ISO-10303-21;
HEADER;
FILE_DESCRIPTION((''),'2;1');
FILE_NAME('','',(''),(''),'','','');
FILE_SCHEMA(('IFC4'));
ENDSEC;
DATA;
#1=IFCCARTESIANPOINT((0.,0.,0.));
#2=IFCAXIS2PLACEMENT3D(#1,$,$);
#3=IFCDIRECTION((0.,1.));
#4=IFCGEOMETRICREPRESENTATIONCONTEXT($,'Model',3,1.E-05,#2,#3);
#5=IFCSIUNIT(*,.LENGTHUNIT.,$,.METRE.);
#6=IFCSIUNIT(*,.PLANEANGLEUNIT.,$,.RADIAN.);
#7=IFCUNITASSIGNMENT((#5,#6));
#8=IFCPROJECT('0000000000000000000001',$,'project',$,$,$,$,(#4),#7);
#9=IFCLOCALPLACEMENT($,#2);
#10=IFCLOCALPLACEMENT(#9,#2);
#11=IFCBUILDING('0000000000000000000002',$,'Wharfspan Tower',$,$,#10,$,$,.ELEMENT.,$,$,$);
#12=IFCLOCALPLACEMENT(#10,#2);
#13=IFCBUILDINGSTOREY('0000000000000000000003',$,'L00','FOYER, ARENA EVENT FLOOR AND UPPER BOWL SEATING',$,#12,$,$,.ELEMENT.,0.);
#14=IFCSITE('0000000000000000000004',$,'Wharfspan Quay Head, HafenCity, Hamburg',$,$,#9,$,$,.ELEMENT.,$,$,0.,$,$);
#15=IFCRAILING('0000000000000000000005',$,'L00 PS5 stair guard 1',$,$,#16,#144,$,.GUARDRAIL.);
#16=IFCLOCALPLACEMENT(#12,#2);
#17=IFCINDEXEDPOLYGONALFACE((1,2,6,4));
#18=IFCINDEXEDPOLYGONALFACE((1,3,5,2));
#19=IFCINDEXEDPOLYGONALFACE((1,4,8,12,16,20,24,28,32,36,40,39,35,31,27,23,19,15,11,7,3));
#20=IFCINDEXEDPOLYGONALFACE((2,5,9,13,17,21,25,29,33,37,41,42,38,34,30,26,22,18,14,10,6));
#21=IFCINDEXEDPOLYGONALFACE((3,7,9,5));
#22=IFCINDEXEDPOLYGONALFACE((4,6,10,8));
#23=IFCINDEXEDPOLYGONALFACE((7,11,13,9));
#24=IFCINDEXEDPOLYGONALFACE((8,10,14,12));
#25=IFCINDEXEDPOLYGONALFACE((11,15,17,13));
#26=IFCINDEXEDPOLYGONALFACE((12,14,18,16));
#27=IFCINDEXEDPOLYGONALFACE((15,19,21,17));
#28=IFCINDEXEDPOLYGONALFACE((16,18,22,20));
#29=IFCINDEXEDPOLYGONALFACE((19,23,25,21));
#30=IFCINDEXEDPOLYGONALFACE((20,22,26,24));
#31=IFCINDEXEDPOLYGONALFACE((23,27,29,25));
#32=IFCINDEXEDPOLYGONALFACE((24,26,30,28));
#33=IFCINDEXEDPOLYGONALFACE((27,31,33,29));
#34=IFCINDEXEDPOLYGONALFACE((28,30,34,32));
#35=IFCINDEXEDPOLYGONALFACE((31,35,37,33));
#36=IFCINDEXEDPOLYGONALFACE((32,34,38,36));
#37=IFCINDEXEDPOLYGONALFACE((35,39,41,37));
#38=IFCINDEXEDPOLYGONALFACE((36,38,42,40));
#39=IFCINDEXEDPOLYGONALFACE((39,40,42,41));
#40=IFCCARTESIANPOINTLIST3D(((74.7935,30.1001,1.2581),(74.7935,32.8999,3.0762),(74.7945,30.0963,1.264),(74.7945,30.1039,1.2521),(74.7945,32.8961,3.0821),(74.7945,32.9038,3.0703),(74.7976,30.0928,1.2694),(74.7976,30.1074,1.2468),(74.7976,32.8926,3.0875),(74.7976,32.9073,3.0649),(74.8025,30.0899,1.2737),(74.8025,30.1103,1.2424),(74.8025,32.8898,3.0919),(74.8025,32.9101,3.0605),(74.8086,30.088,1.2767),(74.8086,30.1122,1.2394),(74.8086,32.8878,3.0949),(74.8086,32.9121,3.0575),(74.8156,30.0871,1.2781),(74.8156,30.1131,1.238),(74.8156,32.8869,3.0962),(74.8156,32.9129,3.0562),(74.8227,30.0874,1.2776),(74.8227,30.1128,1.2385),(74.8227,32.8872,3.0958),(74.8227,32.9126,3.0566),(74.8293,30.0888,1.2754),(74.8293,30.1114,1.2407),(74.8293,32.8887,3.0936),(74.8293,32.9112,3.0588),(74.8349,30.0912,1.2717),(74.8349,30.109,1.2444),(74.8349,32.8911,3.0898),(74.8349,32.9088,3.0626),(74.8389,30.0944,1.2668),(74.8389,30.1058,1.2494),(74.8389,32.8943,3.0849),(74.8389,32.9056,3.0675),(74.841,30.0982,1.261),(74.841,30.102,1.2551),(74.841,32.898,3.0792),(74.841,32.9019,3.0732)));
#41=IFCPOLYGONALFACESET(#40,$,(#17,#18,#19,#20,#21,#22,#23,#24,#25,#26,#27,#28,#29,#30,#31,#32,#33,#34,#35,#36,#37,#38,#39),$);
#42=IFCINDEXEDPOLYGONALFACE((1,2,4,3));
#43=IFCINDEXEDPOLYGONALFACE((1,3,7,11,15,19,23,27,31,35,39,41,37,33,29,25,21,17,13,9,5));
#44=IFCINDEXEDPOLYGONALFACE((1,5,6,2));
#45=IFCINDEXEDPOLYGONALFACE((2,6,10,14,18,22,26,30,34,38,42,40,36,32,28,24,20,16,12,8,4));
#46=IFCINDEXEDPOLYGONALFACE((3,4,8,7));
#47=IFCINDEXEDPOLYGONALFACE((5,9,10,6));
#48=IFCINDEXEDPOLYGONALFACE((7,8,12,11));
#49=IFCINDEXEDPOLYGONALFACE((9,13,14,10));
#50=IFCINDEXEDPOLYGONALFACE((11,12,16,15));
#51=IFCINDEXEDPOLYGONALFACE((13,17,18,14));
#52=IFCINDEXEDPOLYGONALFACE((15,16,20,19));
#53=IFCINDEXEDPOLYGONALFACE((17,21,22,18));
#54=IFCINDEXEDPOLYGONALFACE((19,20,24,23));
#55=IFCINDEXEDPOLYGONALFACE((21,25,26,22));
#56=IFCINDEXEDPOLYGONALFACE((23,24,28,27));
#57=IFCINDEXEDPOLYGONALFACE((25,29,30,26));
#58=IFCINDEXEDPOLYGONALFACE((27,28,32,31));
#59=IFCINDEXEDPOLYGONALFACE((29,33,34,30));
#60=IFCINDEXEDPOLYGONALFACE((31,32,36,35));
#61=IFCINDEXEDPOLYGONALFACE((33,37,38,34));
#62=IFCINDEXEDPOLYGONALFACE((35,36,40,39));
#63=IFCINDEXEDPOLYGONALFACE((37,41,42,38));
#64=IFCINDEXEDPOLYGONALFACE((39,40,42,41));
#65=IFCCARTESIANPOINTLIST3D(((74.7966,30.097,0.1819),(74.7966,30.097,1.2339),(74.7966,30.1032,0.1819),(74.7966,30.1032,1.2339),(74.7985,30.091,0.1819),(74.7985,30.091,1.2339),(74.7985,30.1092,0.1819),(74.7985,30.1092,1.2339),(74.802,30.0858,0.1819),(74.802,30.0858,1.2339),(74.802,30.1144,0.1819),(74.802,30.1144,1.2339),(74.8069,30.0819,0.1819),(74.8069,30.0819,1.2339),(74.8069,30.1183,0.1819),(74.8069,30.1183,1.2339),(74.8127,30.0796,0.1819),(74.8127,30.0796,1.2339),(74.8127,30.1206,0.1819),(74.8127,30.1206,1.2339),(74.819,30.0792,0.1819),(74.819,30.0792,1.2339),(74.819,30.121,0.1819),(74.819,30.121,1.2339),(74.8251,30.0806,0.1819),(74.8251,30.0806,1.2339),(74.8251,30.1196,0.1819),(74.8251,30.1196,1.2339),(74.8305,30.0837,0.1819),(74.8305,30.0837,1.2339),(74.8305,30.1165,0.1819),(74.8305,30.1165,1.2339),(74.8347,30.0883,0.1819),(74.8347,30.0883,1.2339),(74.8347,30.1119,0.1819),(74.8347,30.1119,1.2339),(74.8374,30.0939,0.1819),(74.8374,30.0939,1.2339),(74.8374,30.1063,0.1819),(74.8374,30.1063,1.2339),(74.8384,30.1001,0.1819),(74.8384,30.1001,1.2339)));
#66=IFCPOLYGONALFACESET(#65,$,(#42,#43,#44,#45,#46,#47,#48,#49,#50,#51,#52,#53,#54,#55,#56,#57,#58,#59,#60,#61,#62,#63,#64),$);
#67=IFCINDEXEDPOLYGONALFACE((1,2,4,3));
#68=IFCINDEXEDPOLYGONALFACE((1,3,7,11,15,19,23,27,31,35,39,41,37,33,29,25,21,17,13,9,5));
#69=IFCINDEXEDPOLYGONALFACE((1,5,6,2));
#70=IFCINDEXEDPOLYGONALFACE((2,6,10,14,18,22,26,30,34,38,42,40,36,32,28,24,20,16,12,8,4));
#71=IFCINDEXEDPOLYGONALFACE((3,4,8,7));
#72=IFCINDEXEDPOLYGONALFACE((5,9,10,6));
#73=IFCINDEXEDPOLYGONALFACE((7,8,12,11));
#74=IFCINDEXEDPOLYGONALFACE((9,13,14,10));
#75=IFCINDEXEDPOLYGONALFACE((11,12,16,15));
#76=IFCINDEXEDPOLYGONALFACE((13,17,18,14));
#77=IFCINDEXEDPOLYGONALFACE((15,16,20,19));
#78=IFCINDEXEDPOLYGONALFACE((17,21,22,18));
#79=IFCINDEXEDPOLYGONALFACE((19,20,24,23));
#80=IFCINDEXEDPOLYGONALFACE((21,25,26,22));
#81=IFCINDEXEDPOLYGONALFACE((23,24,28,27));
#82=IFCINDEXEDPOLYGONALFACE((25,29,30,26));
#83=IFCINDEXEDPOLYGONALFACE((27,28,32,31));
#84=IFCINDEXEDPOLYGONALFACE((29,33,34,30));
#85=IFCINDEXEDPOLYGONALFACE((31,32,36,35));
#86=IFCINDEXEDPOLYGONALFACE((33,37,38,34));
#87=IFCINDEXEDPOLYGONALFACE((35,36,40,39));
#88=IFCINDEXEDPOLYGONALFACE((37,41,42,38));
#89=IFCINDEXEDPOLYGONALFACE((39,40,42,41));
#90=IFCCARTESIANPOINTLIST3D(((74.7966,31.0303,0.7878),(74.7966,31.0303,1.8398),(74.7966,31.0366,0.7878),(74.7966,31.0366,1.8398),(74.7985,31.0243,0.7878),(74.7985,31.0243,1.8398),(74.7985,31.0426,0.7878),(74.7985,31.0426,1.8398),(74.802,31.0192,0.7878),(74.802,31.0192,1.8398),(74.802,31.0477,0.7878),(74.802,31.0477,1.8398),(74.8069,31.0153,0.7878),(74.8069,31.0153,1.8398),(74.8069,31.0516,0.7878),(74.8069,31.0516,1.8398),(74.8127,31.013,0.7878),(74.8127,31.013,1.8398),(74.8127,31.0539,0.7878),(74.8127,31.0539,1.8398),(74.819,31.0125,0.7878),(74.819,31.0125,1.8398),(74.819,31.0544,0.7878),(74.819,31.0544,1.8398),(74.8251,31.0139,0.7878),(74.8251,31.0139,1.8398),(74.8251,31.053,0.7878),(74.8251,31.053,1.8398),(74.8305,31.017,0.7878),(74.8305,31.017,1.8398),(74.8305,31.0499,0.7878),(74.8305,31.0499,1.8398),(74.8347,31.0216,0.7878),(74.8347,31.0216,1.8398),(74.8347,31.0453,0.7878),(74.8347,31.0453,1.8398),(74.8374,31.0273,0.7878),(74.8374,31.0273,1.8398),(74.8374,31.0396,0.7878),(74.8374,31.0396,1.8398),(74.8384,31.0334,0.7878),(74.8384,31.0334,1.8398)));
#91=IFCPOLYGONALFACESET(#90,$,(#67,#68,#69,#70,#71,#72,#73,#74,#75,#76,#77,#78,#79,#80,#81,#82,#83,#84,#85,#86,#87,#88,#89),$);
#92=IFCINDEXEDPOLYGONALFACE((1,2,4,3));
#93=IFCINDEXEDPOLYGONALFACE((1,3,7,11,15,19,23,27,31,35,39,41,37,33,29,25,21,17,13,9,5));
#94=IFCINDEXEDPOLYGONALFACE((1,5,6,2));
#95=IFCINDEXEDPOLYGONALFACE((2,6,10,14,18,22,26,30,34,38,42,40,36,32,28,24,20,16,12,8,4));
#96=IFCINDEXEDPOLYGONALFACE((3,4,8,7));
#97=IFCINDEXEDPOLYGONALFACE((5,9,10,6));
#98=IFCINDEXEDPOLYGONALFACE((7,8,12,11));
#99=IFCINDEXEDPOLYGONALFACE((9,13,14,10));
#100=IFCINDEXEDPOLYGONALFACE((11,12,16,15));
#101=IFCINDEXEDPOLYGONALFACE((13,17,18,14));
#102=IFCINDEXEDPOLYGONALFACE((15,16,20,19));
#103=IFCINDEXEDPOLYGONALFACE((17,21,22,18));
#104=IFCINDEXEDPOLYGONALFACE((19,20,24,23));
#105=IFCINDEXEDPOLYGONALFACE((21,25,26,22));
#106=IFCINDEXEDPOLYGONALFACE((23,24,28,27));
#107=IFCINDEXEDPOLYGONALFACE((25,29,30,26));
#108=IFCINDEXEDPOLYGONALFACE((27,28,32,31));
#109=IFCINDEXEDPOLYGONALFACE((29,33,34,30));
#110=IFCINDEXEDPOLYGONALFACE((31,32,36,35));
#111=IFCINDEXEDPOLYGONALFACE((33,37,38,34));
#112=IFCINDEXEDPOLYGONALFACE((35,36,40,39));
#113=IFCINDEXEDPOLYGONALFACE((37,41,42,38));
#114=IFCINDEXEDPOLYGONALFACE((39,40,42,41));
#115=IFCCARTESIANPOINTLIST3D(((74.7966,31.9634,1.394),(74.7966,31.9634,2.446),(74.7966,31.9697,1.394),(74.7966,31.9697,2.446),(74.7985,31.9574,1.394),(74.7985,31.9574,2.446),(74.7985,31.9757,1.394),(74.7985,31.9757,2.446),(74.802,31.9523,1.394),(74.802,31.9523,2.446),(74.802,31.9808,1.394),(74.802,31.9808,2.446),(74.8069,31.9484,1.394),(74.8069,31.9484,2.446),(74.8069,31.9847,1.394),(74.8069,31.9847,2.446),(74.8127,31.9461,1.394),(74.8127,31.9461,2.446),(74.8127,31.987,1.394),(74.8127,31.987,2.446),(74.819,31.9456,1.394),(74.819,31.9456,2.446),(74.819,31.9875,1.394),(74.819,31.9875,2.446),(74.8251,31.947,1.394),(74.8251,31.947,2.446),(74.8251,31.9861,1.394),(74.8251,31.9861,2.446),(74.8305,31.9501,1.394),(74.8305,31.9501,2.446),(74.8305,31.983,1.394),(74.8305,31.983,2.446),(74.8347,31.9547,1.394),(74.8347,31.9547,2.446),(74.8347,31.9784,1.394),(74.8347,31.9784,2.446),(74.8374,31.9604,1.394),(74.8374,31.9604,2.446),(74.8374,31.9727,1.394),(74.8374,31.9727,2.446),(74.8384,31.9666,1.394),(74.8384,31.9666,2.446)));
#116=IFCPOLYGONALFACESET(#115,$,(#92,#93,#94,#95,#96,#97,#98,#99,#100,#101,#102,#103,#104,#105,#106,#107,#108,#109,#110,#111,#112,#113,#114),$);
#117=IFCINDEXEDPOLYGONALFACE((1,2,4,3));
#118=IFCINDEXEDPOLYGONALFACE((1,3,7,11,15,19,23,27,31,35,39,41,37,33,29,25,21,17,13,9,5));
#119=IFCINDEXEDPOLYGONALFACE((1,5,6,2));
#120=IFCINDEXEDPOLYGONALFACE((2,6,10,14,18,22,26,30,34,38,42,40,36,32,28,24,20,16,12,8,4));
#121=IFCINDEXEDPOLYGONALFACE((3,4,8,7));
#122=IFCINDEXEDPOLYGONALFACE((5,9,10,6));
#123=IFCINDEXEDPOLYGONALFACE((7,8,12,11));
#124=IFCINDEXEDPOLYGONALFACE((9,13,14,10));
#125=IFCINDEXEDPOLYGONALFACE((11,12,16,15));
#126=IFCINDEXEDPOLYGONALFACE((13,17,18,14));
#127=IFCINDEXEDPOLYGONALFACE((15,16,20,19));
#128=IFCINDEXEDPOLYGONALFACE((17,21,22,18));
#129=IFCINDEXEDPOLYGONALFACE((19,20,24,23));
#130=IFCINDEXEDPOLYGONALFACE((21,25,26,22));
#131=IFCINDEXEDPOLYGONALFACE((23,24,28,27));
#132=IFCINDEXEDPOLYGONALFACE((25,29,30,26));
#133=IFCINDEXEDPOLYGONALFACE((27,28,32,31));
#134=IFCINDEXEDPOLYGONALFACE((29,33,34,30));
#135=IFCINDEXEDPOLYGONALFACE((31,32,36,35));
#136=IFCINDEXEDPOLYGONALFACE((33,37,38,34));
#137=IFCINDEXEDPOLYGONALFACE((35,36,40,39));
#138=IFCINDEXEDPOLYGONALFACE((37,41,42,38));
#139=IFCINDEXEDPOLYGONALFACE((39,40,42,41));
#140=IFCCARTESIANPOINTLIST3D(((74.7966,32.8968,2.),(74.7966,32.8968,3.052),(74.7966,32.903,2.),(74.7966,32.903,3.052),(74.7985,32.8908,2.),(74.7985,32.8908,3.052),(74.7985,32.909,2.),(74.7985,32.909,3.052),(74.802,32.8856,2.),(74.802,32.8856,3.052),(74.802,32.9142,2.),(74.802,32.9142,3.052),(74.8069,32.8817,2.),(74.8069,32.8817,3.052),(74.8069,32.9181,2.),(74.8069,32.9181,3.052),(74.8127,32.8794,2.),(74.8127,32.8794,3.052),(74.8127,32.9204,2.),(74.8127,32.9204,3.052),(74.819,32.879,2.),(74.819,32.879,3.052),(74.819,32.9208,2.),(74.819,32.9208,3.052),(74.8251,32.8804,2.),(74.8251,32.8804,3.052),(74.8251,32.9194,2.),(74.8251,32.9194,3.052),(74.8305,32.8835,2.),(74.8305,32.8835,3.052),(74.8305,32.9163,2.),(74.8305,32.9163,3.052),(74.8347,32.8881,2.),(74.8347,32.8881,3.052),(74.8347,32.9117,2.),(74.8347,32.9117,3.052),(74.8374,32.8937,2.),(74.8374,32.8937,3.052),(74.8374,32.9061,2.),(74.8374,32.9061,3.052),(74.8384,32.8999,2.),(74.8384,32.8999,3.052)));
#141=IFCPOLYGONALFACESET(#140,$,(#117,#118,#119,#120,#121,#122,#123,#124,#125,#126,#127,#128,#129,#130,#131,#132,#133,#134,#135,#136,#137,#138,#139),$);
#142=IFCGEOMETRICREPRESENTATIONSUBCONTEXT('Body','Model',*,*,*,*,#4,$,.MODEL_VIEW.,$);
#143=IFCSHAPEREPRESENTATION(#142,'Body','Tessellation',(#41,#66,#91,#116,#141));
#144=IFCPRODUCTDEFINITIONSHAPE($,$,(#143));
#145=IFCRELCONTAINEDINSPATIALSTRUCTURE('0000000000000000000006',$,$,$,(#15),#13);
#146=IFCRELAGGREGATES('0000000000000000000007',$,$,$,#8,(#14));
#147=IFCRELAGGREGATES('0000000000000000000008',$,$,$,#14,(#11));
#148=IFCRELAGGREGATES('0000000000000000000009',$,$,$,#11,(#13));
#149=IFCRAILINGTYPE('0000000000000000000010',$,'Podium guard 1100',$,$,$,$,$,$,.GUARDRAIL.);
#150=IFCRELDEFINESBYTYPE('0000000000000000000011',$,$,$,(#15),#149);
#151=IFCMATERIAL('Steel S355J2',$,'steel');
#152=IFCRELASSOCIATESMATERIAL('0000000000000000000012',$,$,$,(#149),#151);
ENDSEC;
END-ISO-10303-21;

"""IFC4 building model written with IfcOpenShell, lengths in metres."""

from ifc_helpers import new_model, si_unit, direction, frame, origin, origin_2d, place, context, subcontext, project, spatial, circle, extrude, material, type_object, element, save


model = new_model("IFC4")

# Units and contexts
model_context = context("Model", 3, precision=1e-05, world=origin(), true_north=direction((0.0, 1.0)))
body_context = subcontext(model_context, "Body", "Model", "MODEL_VIEW")
ifc_project = project(units=[si_unit("LENGTHUNIT", "METRE"), si_unit("PLANEANGLEUNIT", "RADIAN")], contexts=[model_context])

# Site, building, storey
site_placement = place(None, origin())
site = spatial("IfcSite", under=ifc_project, at=site_placement, Name="Wharfspan Quay Head, HafenCity, Hamburg", CompositionType="ELEMENT", RefElevation=0.0)
building_placement = place(site_placement, origin())
building = spatial("IfcBuilding", under=site, at=building_placement, Name="Wharfspan Tower", CompositionType="ELEMENT")
storey_placement = place(building_placement, origin())
storey = spatial("IfcBuildingStorey", under=building, at=storey_placement, Name="L00", Description="FOYER, ARENA EVENT FLOOR AND UPPER BOWL SEATING", CompositionType="ELEMENT", Elevation=0.0)

# Railing
ifc_material_1 = material(Name="Steel S355J2", Category="steel")
railing_type_1 = type_object("IfcRailingType", Name="Podium guard 1100", PredefinedType="GUARDRAIL", material=ifc_material_1)
railing_1_placement = place(storey_placement, frame((74.8174, 30.1001, 0.1819)))
element("IfcRailing", 1, at=railing_1_placement, inside=storey, type_object=railing_type_1, Name="L00 PS5 stair guard 1", PredefinedType="GUARDRAIL", context=body_context, shape_type="SweptSolid", body=[
    extrude(circle(Radius=0.0239, at=origin_2d()), frame((0.0, 0.0, 1.0762), z_axis=(0.0, 0.838684, 0.544618), x_axis=(-1.0, 0.0, 0.0)), (0.0, 0.0, 1.0), 3.3384),
    extrude(circle(Radius=0.021, at=origin_2d()), origin(), (0.0, 0.0, 1.0), 1.052),
    extrude(circle(Radius=0.021, at=origin_2d()), frame((0.0, 0.9334, 0.606)), (0.0, 0.0, 1.0), 1.052),
    extrude(circle(Radius=0.021, at=origin_2d()), frame((0.0, 1.8665, 1.2122)), (0.0, 0.0, 1.0), 1.052),
    extrude(circle(Radius=0.021, at=origin_2d()), frame((0.0, 2.7998, 1.8181)), (0.0, 0.0, 1.0), 1.052),
])

save(model, "model.ifc")
